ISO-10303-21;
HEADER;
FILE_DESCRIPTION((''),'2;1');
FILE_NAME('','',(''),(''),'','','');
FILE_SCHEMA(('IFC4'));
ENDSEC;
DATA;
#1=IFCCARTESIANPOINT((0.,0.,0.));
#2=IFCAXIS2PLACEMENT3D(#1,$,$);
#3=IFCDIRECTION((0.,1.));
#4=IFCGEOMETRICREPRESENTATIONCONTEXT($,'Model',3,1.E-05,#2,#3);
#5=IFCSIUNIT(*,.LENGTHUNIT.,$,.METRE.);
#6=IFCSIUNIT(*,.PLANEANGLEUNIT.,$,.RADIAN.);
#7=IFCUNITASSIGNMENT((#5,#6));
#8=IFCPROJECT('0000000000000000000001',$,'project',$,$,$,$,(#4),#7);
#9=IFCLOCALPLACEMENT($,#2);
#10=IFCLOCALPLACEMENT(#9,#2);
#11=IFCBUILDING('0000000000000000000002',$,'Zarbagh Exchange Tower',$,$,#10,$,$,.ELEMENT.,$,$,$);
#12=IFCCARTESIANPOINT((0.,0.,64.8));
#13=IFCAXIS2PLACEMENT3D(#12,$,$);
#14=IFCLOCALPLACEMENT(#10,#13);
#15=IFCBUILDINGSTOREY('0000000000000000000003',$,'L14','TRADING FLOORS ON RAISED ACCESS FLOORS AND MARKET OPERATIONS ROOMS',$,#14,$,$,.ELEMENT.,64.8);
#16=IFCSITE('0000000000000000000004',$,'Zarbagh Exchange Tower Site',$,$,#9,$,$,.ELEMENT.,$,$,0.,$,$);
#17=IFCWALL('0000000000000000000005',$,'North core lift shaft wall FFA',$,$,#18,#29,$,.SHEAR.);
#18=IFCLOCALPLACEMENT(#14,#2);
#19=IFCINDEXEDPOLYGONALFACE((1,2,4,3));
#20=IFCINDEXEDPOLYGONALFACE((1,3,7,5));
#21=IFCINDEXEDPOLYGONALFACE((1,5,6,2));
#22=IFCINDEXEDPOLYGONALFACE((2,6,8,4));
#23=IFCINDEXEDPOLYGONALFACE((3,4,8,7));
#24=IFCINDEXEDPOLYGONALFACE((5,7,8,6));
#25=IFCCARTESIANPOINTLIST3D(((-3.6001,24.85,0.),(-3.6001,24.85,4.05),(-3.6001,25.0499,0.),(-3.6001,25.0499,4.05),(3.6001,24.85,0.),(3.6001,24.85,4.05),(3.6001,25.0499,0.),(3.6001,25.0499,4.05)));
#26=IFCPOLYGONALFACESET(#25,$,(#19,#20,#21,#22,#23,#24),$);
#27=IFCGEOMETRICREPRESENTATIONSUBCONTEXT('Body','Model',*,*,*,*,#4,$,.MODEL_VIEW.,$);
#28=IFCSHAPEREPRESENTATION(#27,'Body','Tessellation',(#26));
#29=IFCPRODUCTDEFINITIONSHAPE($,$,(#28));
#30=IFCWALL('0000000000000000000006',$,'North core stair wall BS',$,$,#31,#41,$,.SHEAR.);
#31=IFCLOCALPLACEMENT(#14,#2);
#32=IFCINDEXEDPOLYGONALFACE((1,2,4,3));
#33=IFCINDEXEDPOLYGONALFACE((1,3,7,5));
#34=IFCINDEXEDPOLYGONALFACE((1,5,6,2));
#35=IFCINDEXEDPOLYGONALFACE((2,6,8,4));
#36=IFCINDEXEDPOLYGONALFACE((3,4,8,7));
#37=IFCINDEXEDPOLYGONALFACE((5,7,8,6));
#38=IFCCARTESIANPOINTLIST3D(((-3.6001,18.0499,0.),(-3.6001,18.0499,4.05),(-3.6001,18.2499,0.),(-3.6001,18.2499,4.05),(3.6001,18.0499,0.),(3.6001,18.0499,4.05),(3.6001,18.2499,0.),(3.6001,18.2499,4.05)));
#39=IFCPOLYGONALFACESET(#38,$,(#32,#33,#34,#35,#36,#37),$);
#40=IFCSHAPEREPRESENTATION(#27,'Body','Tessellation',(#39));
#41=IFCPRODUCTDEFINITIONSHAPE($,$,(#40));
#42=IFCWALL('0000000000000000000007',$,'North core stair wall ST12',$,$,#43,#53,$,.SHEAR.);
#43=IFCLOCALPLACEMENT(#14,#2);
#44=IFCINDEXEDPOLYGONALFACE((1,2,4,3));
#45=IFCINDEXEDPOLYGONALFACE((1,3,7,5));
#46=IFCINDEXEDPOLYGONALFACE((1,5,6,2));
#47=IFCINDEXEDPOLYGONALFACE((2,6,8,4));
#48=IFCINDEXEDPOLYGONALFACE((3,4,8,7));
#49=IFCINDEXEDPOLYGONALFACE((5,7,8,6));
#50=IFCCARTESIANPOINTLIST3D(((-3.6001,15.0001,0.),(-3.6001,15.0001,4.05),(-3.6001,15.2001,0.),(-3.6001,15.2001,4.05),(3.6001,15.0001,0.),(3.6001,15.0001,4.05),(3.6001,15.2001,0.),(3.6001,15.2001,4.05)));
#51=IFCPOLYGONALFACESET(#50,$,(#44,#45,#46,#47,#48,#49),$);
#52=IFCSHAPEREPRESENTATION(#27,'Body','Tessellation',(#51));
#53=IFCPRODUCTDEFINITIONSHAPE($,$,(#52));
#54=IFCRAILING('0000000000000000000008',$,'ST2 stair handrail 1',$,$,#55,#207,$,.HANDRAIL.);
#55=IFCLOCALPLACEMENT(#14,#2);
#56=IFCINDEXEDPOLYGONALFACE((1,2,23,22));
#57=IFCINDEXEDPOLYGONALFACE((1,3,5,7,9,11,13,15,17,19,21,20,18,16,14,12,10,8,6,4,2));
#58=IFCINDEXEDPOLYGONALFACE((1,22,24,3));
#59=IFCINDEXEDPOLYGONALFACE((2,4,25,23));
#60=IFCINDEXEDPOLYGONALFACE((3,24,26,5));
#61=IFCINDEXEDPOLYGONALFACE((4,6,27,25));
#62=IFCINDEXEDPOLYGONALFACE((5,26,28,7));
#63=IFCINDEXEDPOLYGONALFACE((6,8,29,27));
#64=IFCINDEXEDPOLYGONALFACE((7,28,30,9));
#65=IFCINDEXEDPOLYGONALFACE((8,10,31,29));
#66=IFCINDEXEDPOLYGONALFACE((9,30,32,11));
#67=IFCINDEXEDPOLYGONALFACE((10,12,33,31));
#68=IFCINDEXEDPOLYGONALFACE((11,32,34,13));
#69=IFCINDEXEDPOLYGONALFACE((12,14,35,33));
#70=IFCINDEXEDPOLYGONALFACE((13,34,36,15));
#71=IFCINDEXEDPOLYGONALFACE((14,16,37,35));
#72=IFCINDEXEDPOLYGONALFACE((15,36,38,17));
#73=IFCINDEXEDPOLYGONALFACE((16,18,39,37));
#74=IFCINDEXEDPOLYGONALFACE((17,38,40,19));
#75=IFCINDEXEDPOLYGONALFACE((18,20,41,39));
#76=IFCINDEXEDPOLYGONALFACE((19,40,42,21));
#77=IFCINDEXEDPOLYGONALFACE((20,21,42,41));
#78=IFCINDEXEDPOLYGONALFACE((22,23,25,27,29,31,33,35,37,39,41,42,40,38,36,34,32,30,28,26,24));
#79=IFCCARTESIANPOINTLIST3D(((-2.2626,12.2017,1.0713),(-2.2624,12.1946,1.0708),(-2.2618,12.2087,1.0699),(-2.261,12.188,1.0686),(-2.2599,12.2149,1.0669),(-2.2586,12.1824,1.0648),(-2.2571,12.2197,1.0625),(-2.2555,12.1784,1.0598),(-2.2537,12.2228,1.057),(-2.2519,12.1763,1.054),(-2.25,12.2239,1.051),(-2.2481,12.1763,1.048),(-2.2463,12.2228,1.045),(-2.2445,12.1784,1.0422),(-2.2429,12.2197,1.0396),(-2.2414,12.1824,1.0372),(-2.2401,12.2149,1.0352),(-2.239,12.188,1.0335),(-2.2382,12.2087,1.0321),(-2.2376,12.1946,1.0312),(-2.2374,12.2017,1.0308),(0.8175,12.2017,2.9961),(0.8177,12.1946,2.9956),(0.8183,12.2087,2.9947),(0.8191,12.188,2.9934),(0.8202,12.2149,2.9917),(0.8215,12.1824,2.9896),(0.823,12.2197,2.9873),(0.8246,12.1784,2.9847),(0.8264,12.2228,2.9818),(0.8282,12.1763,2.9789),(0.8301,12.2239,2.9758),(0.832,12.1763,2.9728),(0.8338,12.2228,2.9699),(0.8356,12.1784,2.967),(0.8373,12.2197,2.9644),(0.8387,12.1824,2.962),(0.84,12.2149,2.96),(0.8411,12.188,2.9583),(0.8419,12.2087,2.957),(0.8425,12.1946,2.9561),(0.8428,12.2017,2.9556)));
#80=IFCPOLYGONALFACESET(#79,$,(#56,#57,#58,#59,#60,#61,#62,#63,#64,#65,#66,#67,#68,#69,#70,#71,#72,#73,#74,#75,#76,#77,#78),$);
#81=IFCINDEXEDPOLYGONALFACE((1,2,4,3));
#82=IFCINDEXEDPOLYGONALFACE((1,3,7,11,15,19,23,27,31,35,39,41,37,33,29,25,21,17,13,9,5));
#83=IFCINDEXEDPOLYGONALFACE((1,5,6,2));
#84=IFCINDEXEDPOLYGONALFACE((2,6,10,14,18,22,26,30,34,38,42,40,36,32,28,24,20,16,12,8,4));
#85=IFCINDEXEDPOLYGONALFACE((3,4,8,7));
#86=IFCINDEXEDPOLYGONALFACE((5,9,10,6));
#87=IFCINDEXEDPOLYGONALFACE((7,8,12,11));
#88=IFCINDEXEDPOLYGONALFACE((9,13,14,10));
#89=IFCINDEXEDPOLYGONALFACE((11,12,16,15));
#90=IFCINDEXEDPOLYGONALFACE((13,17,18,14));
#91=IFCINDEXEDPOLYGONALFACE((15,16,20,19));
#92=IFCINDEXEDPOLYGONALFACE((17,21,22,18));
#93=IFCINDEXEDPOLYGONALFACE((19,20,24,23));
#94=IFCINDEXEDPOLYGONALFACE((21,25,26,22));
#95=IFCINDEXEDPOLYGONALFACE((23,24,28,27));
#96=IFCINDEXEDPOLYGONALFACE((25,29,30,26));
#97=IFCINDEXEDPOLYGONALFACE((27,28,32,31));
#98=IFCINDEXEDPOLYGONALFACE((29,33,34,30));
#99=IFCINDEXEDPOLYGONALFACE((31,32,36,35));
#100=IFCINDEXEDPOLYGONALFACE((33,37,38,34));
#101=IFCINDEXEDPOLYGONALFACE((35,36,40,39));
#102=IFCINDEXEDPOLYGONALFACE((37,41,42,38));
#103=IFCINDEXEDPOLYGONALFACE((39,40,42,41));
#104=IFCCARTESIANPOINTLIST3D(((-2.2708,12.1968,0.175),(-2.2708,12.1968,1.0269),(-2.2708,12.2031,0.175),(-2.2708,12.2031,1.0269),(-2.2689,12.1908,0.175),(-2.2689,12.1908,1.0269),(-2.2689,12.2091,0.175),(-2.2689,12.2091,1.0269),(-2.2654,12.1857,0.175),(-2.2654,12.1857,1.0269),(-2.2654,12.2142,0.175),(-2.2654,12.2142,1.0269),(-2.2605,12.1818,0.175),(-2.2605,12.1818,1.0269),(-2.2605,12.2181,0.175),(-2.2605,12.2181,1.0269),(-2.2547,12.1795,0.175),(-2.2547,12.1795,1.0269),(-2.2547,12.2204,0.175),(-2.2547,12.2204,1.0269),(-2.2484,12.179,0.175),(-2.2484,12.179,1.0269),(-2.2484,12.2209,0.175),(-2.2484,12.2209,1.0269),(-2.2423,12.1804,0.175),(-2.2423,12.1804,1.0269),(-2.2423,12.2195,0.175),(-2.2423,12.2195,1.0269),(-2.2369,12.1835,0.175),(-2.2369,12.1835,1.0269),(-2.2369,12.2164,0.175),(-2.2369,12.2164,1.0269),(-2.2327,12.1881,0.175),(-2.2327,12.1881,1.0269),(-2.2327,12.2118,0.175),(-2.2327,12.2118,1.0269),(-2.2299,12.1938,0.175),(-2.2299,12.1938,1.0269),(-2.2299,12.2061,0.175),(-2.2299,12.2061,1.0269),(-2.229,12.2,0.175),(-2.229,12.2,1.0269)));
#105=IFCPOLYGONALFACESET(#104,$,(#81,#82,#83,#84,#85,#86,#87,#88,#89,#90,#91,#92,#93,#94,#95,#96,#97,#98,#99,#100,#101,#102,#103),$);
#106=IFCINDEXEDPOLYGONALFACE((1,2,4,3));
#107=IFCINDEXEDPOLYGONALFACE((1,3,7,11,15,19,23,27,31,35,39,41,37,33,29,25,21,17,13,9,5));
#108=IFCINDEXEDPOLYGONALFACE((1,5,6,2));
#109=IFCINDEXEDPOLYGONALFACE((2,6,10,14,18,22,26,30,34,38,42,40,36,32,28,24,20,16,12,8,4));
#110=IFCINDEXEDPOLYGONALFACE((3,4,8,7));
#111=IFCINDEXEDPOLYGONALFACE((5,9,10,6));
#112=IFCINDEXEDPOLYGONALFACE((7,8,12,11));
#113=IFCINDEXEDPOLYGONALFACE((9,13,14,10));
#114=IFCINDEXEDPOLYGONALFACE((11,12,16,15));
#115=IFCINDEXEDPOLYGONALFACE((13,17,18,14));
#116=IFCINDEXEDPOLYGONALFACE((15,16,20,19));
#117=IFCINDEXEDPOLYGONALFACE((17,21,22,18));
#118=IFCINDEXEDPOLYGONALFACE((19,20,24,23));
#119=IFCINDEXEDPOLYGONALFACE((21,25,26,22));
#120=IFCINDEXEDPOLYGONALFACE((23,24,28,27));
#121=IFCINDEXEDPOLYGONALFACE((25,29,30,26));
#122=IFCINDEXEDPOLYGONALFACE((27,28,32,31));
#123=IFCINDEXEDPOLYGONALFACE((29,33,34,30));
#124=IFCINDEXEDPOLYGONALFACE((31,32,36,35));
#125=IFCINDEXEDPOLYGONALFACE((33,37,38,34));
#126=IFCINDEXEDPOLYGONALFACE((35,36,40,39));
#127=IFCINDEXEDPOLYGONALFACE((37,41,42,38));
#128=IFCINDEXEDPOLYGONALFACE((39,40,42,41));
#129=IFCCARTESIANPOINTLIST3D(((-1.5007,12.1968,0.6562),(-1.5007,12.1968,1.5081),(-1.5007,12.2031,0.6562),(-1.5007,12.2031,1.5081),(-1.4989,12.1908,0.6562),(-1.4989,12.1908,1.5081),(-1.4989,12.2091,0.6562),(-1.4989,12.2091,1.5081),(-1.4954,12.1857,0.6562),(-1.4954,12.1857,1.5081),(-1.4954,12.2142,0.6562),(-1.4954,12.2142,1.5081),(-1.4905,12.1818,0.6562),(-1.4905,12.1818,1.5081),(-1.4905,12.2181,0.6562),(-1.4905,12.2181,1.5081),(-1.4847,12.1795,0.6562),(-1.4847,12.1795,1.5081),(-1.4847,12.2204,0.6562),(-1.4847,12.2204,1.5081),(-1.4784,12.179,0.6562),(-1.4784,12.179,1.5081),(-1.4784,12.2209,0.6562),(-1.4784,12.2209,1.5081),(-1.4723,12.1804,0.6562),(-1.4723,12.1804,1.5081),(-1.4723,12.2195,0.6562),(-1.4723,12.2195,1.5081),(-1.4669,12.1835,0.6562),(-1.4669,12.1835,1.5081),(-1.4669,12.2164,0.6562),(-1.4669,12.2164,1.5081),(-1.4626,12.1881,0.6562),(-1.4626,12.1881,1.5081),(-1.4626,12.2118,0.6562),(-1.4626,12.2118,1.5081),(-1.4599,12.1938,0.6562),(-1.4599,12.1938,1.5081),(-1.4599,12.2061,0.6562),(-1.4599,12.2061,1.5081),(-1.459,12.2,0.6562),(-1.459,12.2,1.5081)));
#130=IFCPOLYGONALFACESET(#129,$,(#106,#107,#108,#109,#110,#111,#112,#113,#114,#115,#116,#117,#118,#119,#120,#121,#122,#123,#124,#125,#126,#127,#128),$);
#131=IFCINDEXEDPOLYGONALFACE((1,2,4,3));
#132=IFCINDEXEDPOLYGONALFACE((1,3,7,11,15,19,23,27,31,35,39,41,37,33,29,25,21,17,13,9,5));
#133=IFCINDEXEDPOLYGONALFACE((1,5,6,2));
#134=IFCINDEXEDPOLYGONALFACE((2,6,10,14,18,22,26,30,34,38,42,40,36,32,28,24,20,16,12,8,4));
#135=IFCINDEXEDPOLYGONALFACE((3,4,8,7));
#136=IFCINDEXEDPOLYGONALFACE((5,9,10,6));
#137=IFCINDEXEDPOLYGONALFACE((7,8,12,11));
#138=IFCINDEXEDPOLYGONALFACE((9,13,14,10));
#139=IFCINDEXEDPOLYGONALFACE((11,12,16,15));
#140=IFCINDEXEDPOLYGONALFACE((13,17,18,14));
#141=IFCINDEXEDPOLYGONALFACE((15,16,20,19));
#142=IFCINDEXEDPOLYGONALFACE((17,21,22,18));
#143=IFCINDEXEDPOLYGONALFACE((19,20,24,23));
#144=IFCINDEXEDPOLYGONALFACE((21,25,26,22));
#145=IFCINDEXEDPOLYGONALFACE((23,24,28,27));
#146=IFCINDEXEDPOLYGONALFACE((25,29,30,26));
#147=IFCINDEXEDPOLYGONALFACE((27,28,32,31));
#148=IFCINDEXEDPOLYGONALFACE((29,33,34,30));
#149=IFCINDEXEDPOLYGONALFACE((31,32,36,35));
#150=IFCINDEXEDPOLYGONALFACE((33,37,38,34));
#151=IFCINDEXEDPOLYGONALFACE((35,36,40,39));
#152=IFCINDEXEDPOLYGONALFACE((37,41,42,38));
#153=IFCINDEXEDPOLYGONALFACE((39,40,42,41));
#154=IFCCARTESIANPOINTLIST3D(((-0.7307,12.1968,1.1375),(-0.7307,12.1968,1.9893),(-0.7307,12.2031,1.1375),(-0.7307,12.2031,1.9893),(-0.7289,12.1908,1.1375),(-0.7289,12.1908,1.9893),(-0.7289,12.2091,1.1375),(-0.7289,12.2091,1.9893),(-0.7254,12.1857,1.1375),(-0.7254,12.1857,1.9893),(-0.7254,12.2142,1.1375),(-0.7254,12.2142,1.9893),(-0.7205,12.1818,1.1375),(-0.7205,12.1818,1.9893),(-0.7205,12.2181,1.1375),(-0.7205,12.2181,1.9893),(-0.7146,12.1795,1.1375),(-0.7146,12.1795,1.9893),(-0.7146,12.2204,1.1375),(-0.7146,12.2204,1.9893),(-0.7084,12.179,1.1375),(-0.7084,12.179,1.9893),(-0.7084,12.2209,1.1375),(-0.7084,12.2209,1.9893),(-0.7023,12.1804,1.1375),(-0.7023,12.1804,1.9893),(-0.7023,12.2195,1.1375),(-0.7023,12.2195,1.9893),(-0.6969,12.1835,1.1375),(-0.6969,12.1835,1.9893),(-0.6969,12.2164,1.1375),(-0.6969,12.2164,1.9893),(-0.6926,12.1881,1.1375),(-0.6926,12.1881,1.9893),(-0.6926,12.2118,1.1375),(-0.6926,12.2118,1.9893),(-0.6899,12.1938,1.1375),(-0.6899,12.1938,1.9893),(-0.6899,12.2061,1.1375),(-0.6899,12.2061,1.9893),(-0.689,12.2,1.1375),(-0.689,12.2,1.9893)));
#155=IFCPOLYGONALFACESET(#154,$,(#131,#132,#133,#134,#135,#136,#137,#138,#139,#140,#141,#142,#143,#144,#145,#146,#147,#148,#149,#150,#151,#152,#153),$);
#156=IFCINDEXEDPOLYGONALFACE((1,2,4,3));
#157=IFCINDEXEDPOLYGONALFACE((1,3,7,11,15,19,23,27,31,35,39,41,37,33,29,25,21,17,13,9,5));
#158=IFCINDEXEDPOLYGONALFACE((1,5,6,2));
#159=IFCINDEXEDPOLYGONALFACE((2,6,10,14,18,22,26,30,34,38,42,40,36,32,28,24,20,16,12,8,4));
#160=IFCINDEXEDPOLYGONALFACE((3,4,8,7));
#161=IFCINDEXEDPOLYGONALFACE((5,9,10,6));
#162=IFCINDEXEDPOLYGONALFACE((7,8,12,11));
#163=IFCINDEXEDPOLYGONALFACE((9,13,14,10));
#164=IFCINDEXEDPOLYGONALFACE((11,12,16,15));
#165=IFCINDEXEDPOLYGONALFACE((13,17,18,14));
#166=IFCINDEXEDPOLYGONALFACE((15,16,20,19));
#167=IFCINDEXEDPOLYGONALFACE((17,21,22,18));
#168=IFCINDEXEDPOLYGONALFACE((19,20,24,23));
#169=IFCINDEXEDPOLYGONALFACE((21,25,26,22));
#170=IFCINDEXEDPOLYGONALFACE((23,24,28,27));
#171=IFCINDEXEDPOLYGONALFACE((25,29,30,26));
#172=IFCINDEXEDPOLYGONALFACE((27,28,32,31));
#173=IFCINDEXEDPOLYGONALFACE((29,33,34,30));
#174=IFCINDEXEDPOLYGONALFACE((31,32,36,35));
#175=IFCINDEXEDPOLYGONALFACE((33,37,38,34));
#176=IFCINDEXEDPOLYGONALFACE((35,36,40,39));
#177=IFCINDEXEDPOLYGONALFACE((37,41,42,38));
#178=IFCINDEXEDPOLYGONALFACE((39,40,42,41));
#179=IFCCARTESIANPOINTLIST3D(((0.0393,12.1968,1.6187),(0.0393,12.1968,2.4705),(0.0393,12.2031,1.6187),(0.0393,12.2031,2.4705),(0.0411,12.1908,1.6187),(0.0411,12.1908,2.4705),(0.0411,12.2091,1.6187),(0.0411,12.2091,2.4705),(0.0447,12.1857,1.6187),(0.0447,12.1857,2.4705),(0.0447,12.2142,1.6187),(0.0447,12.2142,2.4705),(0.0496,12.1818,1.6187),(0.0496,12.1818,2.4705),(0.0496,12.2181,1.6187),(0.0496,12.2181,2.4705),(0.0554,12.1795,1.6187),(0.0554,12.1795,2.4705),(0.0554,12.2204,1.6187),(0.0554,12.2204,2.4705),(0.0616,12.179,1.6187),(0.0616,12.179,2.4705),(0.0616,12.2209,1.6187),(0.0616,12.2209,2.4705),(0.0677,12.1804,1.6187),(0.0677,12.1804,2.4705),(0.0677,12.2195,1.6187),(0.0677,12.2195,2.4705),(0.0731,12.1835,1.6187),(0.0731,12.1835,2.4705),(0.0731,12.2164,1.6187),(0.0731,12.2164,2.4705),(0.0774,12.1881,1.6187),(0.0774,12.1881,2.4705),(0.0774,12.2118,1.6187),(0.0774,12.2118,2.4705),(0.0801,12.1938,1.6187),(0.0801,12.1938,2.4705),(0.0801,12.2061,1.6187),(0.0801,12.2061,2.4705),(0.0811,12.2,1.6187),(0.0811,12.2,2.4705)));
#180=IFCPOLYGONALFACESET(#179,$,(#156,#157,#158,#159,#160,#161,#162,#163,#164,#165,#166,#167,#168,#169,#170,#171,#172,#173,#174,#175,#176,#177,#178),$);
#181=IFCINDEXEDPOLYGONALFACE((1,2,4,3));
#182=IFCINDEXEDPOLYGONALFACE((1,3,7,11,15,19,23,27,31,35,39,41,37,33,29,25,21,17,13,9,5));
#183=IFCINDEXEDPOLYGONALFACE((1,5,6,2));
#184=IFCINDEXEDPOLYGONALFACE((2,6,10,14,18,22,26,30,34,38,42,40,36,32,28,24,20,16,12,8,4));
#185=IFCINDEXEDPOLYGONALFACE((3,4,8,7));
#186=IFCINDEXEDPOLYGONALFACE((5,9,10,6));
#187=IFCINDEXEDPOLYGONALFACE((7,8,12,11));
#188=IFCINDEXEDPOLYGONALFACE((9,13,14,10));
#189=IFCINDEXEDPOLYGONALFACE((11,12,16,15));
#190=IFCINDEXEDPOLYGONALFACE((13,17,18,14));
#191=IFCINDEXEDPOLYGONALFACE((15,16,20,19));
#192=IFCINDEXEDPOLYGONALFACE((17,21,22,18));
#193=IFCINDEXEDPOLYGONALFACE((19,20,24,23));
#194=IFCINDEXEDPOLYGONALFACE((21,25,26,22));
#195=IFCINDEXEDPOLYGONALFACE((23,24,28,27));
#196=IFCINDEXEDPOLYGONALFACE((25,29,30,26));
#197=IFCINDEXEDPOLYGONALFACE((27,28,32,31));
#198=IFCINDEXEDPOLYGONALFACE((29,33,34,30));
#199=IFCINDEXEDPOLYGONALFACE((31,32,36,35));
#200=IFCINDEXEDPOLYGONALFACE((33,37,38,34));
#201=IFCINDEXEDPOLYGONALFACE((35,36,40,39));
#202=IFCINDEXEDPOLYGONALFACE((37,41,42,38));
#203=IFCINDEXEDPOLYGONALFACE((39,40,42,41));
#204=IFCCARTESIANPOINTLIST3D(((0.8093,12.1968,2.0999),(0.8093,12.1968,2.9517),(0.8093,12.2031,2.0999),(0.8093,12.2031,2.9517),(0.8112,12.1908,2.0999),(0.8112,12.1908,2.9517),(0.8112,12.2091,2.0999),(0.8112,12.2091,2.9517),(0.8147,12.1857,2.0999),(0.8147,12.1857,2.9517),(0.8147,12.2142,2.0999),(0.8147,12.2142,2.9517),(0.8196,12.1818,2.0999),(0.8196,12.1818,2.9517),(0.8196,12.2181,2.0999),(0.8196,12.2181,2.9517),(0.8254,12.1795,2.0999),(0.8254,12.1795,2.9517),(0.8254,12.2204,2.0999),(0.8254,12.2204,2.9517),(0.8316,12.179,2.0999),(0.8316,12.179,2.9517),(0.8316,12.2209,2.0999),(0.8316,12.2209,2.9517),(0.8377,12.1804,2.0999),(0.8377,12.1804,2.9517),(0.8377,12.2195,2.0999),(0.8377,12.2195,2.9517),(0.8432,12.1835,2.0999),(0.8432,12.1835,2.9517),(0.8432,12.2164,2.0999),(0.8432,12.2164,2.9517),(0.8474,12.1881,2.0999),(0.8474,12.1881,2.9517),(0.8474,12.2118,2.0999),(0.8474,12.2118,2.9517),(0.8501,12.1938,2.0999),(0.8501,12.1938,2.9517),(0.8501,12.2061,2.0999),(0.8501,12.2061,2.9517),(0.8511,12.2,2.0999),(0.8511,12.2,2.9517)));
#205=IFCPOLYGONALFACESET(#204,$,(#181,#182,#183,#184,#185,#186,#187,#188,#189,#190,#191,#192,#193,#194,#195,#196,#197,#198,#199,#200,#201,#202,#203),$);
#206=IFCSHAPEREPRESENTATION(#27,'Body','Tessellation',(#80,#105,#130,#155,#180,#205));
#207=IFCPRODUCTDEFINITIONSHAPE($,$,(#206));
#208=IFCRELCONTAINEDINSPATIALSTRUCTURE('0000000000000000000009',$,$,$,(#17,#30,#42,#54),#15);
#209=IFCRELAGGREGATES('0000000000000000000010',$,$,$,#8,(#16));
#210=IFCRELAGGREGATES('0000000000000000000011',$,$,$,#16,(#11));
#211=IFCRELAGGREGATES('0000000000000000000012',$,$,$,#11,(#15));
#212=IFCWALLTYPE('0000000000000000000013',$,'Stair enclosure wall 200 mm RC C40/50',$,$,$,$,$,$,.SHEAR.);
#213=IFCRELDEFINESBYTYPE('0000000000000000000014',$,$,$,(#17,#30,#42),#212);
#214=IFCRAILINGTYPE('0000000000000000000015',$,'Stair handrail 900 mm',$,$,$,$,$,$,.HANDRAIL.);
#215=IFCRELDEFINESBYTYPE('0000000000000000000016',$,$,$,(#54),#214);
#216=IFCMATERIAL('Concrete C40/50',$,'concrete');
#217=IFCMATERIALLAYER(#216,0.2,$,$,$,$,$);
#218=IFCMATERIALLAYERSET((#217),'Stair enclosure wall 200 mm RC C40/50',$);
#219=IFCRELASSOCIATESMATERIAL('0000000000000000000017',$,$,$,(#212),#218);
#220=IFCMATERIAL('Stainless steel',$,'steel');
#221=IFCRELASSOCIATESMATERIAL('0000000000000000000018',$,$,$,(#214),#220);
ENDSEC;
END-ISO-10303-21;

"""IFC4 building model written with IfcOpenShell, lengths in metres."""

from ifc_helpers import new_model, si_unit, direction, frame, frame_2d, origin, origin_2d, place, context, subcontext, project, spatial, rectangle, circle, extrude, material, layer, layer_set, type_object, element, save


model = new_model("IFC4")

# Units and contexts
model_context = context("Model", 3, precision=1e-05, world=origin(), true_north=direction((0.0, 1.0)))
body_context = subcontext(model_context, "Body", "Model", "MODEL_VIEW")
ifc_project = project(units=[si_unit("LENGTHUNIT", "METRE"), si_unit("PLANEANGLEUNIT", "RADIAN")], contexts=[model_context])

# Site, building, storey
site_placement = place(None, origin())
site = spatial("IfcSite", under=ifc_project, at=site_placement, Name="Zarbagh Exchange Tower Site", CompositionType="ELEMENT", RefElevation=0.0)
building_placement = place(site_placement, origin())
building = spatial("IfcBuilding", under=site, at=building_placement, Name="Zarbagh Exchange Tower", CompositionType="ELEMENT")
storey_placement = place(building_placement, frame((0.0, 0.0, 64.8)))
storey = spatial("IfcBuildingStorey", under=building, at=storey_placement, Name="L14", Description="TRADING FLOORS ON RAISED ACCESS FLOORS AND MARKET OPERATIONS ROOMS", CompositionType="ELEMENT", Elevation=64.8)

# Walls
ifc_material_1 = material(Name="Concrete C40/50", Category="concrete")
ifc_layer_1 = layer(ifc_material_1, 0.2)
ifc_layer_set_1 = layer_set([ifc_layer_1], Name="Stair enclosure wall 200 mm RC C40/50")
wall_type_1 = type_object("IfcWallType", Name="Stair enclosure wall 200 mm RC C40/50", PredefinedType="SHEAR", material=ifc_layer_set_1)
for number, where, z_axis, x_axis, name in (
    (1, (-3.6001, 24.95, 0.0), (0.0, 0.0, 1.0), (1.0, 0.0, 0.0), "North core lift shaft wall FFA"),
    (2, (-3.6001, 18.1499, 0.0), (0.0, 0.0, 1.0), (1.0, 0.0, 0.0), "North core stair wall BS"),
    (3, (-3.6001, 15.1001, 0.0), (0.0, 0.0, 1.0), (1.0, 0.0, 0.0), "North core stair wall ST12"),
):
    element("IfcWall", number, at=place(storey_placement, frame(where, z_axis=z_axis, x_axis=x_axis)), inside=storey, type_object=wall_type_1, Name=name, PredefinedType="SHEAR", context=body_context, shape_type="SweptSolid", body=[
        extrude(rectangle(XDim=7.2002, YDim=0.2, at=frame_2d((3.6001, 0.0))), origin(), (0.0, 0.0, 1.0), 4.05),
    ])

# Railing
ifc_material_2 = material(Name="Stainless steel", Category="steel")
railing_type = type_object("IfcRailingType", Name="Stair handrail 900 mm", PredefinedType="HANDRAIL", material=ifc_material_2)
railing_placement = place(storey_placement, frame((-2.25, 12.2, 0.175)))
element("IfcRailing", 4, at=railing_placement, inside=storey, type_object=railing_type, Name="ST2 stair handrail 1", PredefinedType="HANDRAIL", context=body_context, shape_type="SweptSolid", body=[
    extrude(circle(Radius=0.0239, at=origin_2d()), frame((0.0, 0.0, 0.876), z_axis=(0.848029, 0.0, 0.529951), x_axis=(0.0, 1.0, 0.0)), (0.0, 0.0, 1.0), 3.6321),
    extrude(circle(Radius=0.021, at=origin_2d()), origin(), (0.0, 0.0, 1.0), 0.8518),
    extrude(circle(Radius=0.021, at=origin_2d()), frame((0.77, 0.0, 0.4812)), (0.0, 0.0, 1.0), 0.8518),
    extrude(circle(Radius=0.021, at=origin_2d()), frame((1.54, 0.0, 0.9624)), (0.0, 0.0, 1.0), 0.8518),
    extrude(circle(Radius=0.021, at=origin_2d()), frame((2.3101, 0.0, 1.4436)), (0.0, 0.0, 1.0), 0.8518),
    extrude(circle(Radius=0.021, at=origin_2d()), frame((3.0801, 0.0, 1.9248)), (0.0, 0.0, 1.0), 0.8518),
])

save(model, "model.ifc")
